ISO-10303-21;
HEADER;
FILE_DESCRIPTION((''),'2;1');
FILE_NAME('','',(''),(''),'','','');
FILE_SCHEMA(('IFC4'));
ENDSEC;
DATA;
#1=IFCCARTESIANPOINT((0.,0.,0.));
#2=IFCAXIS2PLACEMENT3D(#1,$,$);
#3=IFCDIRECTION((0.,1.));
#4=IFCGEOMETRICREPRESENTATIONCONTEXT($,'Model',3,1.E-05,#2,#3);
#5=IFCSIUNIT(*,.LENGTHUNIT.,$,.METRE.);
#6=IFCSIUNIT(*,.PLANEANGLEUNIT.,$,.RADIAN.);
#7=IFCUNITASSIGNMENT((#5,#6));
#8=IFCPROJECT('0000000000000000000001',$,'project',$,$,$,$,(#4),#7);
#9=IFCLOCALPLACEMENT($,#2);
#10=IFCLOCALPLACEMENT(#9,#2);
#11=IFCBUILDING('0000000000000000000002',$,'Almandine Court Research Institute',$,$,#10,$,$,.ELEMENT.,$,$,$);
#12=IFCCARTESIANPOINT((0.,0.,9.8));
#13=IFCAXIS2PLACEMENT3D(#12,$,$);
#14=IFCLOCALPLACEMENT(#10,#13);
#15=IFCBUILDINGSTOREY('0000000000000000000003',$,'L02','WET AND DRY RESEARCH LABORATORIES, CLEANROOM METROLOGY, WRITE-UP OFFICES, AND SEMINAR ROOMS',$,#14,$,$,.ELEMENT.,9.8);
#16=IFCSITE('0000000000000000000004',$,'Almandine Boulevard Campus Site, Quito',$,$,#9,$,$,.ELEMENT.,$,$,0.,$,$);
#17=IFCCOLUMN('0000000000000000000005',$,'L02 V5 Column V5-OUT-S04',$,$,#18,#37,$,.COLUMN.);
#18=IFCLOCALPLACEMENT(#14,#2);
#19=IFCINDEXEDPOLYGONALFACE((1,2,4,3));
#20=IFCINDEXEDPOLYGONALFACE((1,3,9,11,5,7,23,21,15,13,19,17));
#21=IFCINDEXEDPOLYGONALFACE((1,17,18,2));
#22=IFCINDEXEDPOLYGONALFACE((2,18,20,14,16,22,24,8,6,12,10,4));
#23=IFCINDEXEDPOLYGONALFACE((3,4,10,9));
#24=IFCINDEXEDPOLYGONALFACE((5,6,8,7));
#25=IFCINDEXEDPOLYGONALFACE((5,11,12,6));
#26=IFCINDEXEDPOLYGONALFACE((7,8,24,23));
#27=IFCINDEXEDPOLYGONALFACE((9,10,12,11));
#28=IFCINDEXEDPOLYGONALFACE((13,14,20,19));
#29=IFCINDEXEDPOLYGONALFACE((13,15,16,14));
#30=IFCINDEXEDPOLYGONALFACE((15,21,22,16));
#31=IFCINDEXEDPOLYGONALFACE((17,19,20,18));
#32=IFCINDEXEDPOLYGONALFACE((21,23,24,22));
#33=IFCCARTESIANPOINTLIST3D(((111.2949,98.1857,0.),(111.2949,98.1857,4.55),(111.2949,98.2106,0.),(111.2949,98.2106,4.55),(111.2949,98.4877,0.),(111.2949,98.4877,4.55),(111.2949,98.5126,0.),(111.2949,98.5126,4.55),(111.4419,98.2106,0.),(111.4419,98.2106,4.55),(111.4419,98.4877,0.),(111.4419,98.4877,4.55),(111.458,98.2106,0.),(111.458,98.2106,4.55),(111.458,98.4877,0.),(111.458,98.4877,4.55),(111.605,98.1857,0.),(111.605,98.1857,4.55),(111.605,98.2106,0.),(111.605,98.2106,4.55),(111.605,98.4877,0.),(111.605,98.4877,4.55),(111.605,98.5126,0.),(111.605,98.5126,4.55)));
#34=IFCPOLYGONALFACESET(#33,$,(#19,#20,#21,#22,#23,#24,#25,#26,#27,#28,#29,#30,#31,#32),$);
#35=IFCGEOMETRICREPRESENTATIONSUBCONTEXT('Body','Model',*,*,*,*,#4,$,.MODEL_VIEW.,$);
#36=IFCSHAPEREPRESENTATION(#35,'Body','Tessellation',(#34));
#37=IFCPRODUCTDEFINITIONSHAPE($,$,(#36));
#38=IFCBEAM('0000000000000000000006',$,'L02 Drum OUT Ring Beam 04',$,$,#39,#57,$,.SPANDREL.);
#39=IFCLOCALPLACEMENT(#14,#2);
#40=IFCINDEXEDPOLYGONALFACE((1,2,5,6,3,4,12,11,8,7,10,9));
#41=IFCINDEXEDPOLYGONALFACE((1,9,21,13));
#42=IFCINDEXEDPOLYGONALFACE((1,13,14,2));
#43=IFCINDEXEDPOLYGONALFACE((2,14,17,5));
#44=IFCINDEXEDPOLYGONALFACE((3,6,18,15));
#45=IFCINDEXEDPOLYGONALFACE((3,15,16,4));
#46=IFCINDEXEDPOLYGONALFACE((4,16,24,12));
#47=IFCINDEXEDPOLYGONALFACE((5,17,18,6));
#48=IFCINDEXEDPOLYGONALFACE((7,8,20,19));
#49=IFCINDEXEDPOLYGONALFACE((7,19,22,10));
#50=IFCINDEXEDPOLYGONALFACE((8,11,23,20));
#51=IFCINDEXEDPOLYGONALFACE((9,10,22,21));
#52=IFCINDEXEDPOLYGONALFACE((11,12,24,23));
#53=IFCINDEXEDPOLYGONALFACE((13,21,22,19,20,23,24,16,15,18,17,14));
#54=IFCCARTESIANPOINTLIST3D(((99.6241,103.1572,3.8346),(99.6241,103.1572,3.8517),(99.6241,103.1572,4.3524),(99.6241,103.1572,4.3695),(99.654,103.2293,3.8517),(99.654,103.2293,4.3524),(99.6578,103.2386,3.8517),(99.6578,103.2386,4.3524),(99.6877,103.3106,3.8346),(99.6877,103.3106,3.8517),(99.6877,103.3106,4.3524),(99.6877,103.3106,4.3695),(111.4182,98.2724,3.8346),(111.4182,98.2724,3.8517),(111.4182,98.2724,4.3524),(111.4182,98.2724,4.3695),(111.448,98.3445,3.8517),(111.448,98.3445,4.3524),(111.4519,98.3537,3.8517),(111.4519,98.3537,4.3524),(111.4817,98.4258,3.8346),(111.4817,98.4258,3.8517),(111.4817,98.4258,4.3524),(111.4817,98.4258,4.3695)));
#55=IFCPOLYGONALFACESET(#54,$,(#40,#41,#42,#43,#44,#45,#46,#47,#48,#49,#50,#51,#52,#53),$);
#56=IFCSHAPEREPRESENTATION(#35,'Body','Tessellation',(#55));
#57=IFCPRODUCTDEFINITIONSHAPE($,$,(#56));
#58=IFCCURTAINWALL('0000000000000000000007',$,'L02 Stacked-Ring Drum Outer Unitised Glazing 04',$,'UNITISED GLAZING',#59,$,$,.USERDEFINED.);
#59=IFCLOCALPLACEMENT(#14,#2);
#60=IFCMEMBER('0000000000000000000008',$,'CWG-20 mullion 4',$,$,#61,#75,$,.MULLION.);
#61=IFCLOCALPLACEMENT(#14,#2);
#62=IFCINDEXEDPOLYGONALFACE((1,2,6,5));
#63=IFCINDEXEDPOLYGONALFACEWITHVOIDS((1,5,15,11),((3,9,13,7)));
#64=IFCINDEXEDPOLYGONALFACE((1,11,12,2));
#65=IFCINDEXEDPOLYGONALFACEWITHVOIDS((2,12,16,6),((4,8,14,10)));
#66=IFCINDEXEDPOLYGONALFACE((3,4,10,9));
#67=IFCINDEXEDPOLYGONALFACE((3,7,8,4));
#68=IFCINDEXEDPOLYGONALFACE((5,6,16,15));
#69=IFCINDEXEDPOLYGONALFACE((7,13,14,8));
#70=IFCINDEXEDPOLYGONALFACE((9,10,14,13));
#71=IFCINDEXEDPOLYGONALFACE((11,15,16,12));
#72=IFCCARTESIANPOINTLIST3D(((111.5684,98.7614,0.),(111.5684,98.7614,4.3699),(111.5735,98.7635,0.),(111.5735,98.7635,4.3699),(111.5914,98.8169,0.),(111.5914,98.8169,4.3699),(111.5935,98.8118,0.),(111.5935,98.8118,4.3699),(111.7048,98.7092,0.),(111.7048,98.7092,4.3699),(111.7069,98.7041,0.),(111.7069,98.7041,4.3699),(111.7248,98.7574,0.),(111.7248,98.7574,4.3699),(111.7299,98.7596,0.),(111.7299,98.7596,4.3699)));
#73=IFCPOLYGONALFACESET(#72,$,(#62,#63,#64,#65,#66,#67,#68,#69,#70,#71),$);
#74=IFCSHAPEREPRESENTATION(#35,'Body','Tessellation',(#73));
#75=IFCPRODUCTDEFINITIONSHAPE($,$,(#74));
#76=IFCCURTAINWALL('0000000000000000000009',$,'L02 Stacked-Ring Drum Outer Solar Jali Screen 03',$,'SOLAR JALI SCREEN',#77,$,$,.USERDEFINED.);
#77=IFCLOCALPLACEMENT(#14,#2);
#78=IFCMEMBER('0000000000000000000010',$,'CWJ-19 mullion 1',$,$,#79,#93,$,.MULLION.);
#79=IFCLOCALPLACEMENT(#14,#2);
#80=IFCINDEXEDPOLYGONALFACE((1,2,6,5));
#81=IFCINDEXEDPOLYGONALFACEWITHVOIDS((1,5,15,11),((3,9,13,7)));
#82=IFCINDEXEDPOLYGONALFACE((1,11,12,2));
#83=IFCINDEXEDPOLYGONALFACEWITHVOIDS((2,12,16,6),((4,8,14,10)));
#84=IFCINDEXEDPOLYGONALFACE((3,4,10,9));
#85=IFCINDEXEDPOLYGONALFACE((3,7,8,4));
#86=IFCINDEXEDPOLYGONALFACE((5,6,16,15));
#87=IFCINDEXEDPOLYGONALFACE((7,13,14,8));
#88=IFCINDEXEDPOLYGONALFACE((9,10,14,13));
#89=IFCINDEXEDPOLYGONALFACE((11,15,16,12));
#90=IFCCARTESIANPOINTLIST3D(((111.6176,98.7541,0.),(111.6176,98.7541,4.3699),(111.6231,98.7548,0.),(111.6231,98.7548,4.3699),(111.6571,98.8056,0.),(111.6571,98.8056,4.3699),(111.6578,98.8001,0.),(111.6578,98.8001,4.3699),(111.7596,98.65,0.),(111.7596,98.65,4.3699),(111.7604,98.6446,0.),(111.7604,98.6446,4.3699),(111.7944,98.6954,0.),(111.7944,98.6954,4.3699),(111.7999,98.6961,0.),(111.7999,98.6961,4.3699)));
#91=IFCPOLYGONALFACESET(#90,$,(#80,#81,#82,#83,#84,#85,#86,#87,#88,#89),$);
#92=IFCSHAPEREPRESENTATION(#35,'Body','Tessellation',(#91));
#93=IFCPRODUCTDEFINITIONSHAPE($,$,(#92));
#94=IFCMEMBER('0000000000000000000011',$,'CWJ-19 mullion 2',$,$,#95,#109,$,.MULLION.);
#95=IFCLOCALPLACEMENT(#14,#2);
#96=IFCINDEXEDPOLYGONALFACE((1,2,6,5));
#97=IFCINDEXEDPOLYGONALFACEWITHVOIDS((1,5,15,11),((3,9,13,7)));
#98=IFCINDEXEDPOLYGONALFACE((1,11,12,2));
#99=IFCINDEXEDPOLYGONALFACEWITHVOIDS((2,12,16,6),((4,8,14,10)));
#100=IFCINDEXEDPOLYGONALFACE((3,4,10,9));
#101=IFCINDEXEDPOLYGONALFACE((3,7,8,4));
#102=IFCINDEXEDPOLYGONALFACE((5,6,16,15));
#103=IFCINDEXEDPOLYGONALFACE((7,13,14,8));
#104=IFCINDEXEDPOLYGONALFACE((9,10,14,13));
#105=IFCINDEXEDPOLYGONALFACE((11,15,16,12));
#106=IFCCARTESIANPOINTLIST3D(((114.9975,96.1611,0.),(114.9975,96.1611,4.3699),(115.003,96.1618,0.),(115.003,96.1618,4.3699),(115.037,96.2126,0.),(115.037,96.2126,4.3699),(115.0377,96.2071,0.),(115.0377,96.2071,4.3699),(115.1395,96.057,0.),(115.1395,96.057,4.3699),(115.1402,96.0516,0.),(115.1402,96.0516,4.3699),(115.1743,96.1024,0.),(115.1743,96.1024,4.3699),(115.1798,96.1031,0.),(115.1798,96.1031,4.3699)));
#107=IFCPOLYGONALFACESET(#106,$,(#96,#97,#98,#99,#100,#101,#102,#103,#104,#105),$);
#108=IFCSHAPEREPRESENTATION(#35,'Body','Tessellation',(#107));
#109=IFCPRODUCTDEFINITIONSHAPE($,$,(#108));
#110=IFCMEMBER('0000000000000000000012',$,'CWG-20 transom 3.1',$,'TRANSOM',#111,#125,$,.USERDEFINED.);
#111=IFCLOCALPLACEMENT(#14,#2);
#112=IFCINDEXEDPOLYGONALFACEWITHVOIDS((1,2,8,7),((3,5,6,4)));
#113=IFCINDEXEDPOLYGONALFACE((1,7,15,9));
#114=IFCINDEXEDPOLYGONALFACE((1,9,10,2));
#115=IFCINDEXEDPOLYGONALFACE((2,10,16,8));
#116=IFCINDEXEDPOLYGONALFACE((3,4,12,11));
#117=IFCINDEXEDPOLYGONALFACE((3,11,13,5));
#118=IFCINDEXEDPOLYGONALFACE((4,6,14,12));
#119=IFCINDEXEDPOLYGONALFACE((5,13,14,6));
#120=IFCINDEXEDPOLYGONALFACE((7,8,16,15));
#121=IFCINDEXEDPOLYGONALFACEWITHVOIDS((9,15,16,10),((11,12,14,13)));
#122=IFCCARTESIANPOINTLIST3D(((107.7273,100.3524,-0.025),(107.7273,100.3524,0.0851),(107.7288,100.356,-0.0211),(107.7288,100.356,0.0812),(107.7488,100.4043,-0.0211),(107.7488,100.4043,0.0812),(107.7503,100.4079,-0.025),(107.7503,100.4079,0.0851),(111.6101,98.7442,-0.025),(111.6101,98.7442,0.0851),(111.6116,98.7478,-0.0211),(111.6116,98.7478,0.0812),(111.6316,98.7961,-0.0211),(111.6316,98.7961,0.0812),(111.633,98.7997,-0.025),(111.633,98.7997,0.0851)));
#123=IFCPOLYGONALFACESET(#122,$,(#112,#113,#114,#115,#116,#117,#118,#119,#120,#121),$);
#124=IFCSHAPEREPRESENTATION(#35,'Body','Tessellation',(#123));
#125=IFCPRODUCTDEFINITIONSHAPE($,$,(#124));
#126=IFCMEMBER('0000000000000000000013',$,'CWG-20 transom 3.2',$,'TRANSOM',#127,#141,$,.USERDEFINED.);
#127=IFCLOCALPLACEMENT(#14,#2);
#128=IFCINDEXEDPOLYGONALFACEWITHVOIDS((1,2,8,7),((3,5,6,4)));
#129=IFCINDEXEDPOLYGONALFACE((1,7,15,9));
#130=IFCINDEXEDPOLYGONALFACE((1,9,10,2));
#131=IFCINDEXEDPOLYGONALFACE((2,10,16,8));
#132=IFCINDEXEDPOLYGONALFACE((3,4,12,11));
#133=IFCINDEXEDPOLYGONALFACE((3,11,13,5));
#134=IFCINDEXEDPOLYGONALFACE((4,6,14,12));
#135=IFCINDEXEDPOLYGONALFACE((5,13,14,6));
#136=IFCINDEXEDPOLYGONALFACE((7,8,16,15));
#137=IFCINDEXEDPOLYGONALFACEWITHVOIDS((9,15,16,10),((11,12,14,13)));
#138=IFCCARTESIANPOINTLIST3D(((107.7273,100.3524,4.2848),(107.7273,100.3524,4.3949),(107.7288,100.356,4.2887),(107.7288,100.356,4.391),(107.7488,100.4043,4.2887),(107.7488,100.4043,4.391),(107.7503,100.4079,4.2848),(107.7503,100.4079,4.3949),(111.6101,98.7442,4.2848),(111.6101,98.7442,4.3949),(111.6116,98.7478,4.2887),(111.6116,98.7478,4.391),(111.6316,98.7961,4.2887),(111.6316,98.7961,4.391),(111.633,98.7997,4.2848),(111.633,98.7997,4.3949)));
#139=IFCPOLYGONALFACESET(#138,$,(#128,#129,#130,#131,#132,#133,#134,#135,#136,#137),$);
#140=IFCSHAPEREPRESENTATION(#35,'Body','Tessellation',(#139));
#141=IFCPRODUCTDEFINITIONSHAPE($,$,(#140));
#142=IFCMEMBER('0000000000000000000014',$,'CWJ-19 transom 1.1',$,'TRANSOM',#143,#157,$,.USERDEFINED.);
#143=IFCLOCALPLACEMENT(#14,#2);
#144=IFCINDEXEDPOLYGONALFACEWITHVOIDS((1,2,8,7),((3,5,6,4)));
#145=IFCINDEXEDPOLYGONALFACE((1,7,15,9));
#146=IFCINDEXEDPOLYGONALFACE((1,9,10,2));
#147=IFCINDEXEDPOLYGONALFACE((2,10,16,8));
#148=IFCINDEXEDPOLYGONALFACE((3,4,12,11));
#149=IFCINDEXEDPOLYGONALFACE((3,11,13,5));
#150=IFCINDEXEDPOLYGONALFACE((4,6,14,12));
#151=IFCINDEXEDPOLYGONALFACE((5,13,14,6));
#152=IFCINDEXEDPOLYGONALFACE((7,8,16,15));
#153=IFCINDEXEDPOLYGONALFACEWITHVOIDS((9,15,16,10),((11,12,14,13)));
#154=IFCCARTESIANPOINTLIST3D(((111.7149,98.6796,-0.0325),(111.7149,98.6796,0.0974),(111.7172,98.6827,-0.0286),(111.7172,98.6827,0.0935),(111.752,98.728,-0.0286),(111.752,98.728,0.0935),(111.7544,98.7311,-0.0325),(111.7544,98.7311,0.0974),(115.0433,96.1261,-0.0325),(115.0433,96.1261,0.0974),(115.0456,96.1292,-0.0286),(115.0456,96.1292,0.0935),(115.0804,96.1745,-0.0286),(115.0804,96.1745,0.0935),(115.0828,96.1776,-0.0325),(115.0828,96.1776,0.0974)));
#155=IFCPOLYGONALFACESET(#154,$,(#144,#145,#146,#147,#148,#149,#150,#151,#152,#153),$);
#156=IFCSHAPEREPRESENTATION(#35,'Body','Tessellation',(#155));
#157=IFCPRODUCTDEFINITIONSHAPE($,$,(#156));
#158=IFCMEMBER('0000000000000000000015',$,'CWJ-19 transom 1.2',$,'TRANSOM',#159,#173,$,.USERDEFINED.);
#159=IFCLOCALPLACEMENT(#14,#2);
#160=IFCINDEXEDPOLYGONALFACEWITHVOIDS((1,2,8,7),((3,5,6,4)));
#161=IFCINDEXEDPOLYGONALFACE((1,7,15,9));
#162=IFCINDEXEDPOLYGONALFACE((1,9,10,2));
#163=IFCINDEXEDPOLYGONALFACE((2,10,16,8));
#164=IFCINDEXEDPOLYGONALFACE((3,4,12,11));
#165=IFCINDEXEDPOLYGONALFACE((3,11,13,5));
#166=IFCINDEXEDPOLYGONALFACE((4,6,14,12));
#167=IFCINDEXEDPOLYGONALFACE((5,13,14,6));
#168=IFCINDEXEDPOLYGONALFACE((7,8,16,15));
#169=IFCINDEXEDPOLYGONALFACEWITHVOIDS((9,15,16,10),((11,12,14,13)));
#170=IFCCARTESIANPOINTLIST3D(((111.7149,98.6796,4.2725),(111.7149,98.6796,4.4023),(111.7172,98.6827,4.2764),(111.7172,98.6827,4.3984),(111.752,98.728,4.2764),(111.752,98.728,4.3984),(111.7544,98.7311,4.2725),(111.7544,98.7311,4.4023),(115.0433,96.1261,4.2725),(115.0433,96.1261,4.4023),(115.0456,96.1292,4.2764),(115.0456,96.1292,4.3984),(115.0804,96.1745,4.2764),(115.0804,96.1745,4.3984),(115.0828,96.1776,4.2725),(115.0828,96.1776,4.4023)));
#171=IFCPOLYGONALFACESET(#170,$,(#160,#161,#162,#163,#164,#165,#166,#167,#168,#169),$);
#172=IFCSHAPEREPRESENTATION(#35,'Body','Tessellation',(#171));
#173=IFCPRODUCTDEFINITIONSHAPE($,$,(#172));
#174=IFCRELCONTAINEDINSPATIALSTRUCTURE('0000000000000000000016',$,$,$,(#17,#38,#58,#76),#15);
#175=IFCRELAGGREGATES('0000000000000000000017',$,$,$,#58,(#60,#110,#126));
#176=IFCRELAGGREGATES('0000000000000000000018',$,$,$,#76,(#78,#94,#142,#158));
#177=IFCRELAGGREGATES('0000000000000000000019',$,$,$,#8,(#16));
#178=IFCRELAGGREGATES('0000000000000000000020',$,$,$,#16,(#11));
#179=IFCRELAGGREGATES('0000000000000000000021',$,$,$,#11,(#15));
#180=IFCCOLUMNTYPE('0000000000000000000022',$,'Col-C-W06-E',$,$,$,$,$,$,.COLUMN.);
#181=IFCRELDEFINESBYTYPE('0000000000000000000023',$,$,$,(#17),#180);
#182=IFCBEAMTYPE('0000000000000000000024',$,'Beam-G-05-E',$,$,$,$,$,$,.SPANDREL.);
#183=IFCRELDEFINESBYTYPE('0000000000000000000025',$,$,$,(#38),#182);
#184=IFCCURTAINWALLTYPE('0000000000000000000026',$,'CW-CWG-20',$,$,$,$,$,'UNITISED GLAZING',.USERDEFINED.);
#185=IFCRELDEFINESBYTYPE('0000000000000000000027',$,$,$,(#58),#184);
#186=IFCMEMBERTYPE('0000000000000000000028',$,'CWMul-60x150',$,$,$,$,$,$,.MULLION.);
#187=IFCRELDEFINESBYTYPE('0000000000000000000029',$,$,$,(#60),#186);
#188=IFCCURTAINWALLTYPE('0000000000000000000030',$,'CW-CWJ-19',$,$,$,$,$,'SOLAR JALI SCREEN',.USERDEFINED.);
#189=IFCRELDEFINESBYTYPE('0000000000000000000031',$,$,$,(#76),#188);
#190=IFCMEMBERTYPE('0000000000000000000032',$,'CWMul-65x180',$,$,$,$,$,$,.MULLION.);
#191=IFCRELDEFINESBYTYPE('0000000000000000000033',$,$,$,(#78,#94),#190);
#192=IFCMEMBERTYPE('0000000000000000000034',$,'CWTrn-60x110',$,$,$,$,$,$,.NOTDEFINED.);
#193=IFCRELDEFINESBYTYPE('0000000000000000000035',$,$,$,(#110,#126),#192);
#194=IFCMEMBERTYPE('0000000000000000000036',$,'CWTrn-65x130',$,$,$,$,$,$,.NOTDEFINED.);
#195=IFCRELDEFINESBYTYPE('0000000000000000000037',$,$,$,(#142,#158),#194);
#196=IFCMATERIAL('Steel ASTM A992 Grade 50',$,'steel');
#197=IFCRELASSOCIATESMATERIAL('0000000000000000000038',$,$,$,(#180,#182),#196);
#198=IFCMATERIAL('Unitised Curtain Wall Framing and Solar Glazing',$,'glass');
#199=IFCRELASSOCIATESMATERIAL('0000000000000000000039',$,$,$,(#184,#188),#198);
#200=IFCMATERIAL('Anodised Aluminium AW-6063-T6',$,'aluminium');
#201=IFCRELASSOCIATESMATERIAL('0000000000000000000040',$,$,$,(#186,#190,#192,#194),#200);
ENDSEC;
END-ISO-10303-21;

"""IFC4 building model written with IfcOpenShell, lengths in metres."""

from ifc_helpers import new_model, si_unit, direction, frame, origin, origin_2d, place, context, subcontext, project, spatial, hollow_rectangle, i_section, extrude, material, material_profile, profile_set, type_object, element, aggregate, save


model = new_model("IFC4")

# Units and contexts
model_context = context("Model", 3, precision=1e-05, world=origin(), true_north=direction((0.0, 1.0)))
body_context = subcontext(model_context, "Body", "Model", "MODEL_VIEW")
ifc_project = project(units=[si_unit("LENGTHUNIT", "METRE"), si_unit("PLANEANGLEUNIT", "RADIAN")], contexts=[model_context])

# Site, building, storey
site_placement = place(None, origin())
site = spatial("IfcSite", under=ifc_project, at=site_placement, Name="Almandine Boulevard Campus Site, Quito", CompositionType="ELEMENT", RefElevation=0.0)
building_placement = place(site_placement, origin())
building = spatial("IfcBuilding", under=site, at=building_placement, Name="Almandine Court Research Institute", CompositionType="ELEMENT")
storey_placement = place(building_placement, frame((0.0, 0.0, 9.8)))
storey = spatial("IfcBuildingStorey", under=building, at=storey_placement, Name="L02", Description="WET AND DRY RESEARCH LABORATORIES, CLEANROOM METROLOGY, WRITE-UP OFFICES, AND SEMINAR ROOMS", CompositionType="ELEMENT", Elevation=9.8)

# Column
ifc_material_1 = material(Name="Steel ASTM A992 Grade 50", Category="steel")
ifc_material_profile_1 = material_profile(ifc_material_1, i_section(OverallWidth=0.3101, OverallDepth=0.3269, WebThickness=0.0161, FlangeThickness=0.0249, at=origin_2d()), Name="W310x158")
ifc_profile_set_1 = profile_set([ifc_material_profile_1], Name="Steel ASTM A992 Grade 50")
column_type = type_object("IfcColumnType", Name="Col-C-W06-E", PredefinedType="COLUMN", material=ifc_profile_set_1)
column_placement = place(storey_placement, frame((111.45, 98.3491, 0.0), z_axis=(0.0, 0.0, 1.0), x_axis=(1.0, 0.0, 0.0)))
element("IfcColumn", 1, at=column_placement, inside=storey, type_object=column_type, Name="L02 V5 Column V5-OUT-S04", PredefinedType="COLUMN", context=body_context, shape_type="SweptSolid", body=[
    extrude(i_section(OverallWidth=0.3101, OverallDepth=0.3269, WebThickness=0.0161, FlangeThickness=0.0249, at=origin_2d()), origin(), (0.0, 0.0, 1.0), 4.55),
])

# Beam
ifc_material_profile_2 = material_profile(ifc_material_1, i_section(OverallWidth=0.166, OverallDepth=0.5349, WebThickness=0.01, FlangeThickness=0.0171, at=origin_2d()), Name="W530x85")
ifc_profile_set_2 = profile_set([ifc_material_profile_2], Name="Steel ASTM A992 Grade 50")
beam_type = type_object("IfcBeamType", Name="Beam-G-05-E", PredefinedType="SPANDREL", material=ifc_profile_set_2)
beam_placement = place(storey_placement, frame((111.45, 98.3491, 4.1021), z_axis=(-0.923892, 0.382654, 0.0), x_axis=(-0.382654, -0.923892, 0.0)))
element("IfcBeam", 2, at=beam_placement, inside=storey, type_object=beam_type, Name="L02 Drum OUT Ring Beam 04", PredefinedType="SPANDREL", context=body_context, shape_type="SweptSolid", body=[
    extrude(i_section(OverallWidth=0.166, OverallDepth=0.5349, WebThickness=0.01, FlangeThickness=0.0171, at=origin_2d()), origin(), (0.0, 0.0, 1.0), 12.7656),
])

# Curtain wall, member
ifc_material_2 = material(Name="Unitised Curtain Wall Framing and Solar Glazing", Category="glass")
curtain_wall_type_1 = type_object("IfcCurtainWallType", Name="CW-CWG-20", ElementType="UNITISED GLAZING", PredefinedType="USERDEFINED", material=ifc_material_2)
curtain_wall_1_placement = place(storey_placement, origin())
curtain_wall_1 = element("IfcCurtainWall", 3, at=curtain_wall_1_placement, inside=storey, type_object=curtain_wall_type_1, Name="L02 Stacked-Ring Drum Outer Unitised Glazing 04", ObjectType="UNITISED GLAZING", PredefinedType="USERDEFINED")
ifc_material_3 = material(Name="Anodised Aluminium AW-6063-T6", Category="aluminium")
ifc_material_profile_3 = material_profile(ifc_material_3, hollow_rectangle(XDim=0.0601, YDim=0.1499, WallThickness=0.0039, at=origin_2d()), Name="ALU RHS 60x150x4")
ifc_profile_set_3 = profile_set([ifc_material_profile_3], Name="Anodised Aluminium AW-6063-T6")
member_type_1 = type_object("IfcMemberType", Name="CWMul-60x150", PredefinedType="MULLION", material=ifc_profile_set_3)
member_1_placement = place(storey_placement, frame((111.6492, 98.7605, 0.0), z_axis=(0.0, 0.0, 1.0), x_axis=(0.382663, 0.923888, 0.0)))
member_1 = element("IfcMember", 4, at=member_1_placement, type_object=member_type_1, Name="CWG-20 mullion 4", PredefinedType="MULLION", context=body_context, shape_type="SweptSolid", body=[
    extrude(hollow_rectangle(XDim=0.0601, YDim=0.1499, WallThickness=0.0039, at=origin_2d()), origin(), (0.0, 0.0, 1.0), 4.3699),
])

# Curtain wall, members
curtain_wall_type_2 = type_object("IfcCurtainWallType", Name="CW-CWJ-19", ElementType="SOLAR JALI SCREEN", PredefinedType="USERDEFINED", material=ifc_material_2)
curtain_wall_2_placement = place(storey_placement, origin())
curtain_wall_2 = element("IfcCurtainWall", 5, at=curtain_wall_2_placement, inside=storey, type_object=curtain_wall_type_2, Name="L02 Stacked-Ring Drum Outer Solar Jali Screen 03", ObjectType="SOLAR JALI SCREEN", PredefinedType="USERDEFINED")
ifc_material_profile_4 = material_profile(ifc_material_3, hollow_rectangle(XDim=0.0649, YDim=0.1799, WallThickness=0.0039, at=origin_2d()), Name="ALU RHS 65x180x4")
ifc_profile_set_4 = profile_set([ifc_material_profile_4], Name="Anodised Aluminium AW-6063-T6")
member_type_2 = type_object("IfcMemberType", Name="CWMul-65x180", PredefinedType="MULLION", material=ifc_profile_set_4)
member_2_placement = place(storey_placement, frame((111.7087, 98.7251, 0.0), z_axis=(0.0, 0.0, 1.0), x_axis=(0.608723, 0.793383, 0.0)))
member_2 = element("IfcMember", 6, at=member_2_placement, type_object=member_type_2, Name="CWJ-19 mullion 1", PredefinedType="MULLION", context=body_context, shape_type="SweptSolid", body=[
    extrude(hollow_rectangle(XDim=0.0649, YDim=0.1799, WallThickness=0.0039, at=origin_2d()), origin(), (0.0, 0.0, 1.0), 4.3699),
])
member_3_placement = place(storey_placement, frame((115.0886, 96.1321, 0.0), z_axis=(0.0, 0.0, 1.0), x_axis=(0.608723, 0.793383, 0.0)))
member_3 = element("IfcMember", 7, at=member_3_placement, type_object=member_type_2, Name="CWJ-19 mullion 2", PredefinedType="MULLION", context=body_context, shape_type="SweptSolid", body=[
    extrude(hollow_rectangle(XDim=0.0649, YDim=0.1799, WallThickness=0.0039, at=origin_2d()), origin(), (0.0, 0.0, 1.0), 4.3699),
])

# Members
ifc_material_profile_5 = material_profile(ifc_material_3, hollow_rectangle(XDim=0.0601, YDim=0.1101, WallThickness=0.0039, at=origin_2d()), Name="ALU RHS 60x110x4")
ifc_profile_set_5 = profile_set([ifc_material_profile_5], Name="Anodised Aluminium AW-6063-T6")
member_type_3 = type_object("IfcMemberType", Name="CWTrn-60x110", PredefinedType="NOTDEFINED", material=ifc_profile_set_5)
member_4_placement = place(storey_placement, frame((107.7388, 100.3801, 0.03), z_axis=(0.923893, -0.382651, 0.0), x_axis=(0.382651, 0.923893, 0.0)))
member_4 = element("IfcMember", 8, at=member_4_placement, type_object=member_type_3, Name="CWG-20 transom 3.1", ObjectType="TRANSOM", PredefinedType="USERDEFINED", context=body_context, shape_type="SweptSolid", body=[
    extrude(hollow_rectangle(XDim=0.0601, YDim=0.1101, WallThickness=0.0039, at=origin_2d()), origin(), (0.0, 0.0, 1.0), 4.2026),
])
member_5_placement = place(storey_placement, frame((107.7388, 100.3801, 4.3398), z_axis=(0.923893, -0.382651, 0.0), x_axis=(0.382651, 0.923893, 0.0)))
member_5 = element("IfcMember", 9, at=member_5_placement, type_object=member_type_3, Name="CWG-20 transom 3.2", ObjectType="TRANSOM", PredefinedType="USERDEFINED", context=body_context, shape_type="SweptSolid", body=[
    extrude(hollow_rectangle(XDim=0.0601, YDim=0.1101, WallThickness=0.0039, at=origin_2d()), origin(), (0.0, 0.0, 1.0), 4.2026),
])
ifc_material_profile_6 = material_profile(ifc_material_3, hollow_rectangle(XDim=0.0649, YDim=0.1299, WallThickness=0.0039, at=origin_2d()), Name="ALU RHS 65x130x4")
ifc_profile_set_6 = profile_set([ifc_material_profile_6], Name="Anodised Aluminium AW-6063-T6")
member_type_4 = type_object("IfcMemberType", Name="CWTrn-65x130", PredefinedType="NOTDEFINED", material=ifc_profile_set_6)
member_6_placement = place(storey_placement, frame((111.7346, 98.7053, 0.0325), z_axis=(0.793409, -0.608689, 0.0), x_axis=(0.608689, 0.793409, 0.0)))
member_6 = element("IfcMember", 10, at=member_6_placement, type_object=member_type_4, Name="CWJ-19 transom 1.1", ObjectType="TRANSOM", PredefinedType="USERDEFINED", context=body_context, shape_type="SweptSolid", body=[
    extrude(hollow_rectangle(XDim=0.0649, YDim=0.1299, WallThickness=0.0039, at=origin_2d()), origin(), (0.0, 0.0, 1.0), 4.1951),
])
member_7_placement = place(storey_placement, frame((111.7346, 98.7053, 4.3374), z_axis=(0.793409, -0.608689, 0.0), x_axis=(0.608689, 0.793409, 0.0)))
member_7 = element("IfcMember", 11, at=member_7_placement, type_object=member_type_4, Name="CWJ-19 transom 1.2", ObjectType="TRANSOM", PredefinedType="USERDEFINED", context=body_context, shape_type="SweptSolid", body=[
    extrude(hollow_rectangle(XDim=0.0649, YDim=0.1299, WallThickness=0.0039, at=origin_2d()), origin(), (0.0, 0.0, 1.0), 4.1951),
])

aggregate(curtain_wall_1, [member_1, member_4, member_5])
aggregate(curtain_wall_2, [member_2, member_3, member_6, member_7])

save(model, "model.ifc")
